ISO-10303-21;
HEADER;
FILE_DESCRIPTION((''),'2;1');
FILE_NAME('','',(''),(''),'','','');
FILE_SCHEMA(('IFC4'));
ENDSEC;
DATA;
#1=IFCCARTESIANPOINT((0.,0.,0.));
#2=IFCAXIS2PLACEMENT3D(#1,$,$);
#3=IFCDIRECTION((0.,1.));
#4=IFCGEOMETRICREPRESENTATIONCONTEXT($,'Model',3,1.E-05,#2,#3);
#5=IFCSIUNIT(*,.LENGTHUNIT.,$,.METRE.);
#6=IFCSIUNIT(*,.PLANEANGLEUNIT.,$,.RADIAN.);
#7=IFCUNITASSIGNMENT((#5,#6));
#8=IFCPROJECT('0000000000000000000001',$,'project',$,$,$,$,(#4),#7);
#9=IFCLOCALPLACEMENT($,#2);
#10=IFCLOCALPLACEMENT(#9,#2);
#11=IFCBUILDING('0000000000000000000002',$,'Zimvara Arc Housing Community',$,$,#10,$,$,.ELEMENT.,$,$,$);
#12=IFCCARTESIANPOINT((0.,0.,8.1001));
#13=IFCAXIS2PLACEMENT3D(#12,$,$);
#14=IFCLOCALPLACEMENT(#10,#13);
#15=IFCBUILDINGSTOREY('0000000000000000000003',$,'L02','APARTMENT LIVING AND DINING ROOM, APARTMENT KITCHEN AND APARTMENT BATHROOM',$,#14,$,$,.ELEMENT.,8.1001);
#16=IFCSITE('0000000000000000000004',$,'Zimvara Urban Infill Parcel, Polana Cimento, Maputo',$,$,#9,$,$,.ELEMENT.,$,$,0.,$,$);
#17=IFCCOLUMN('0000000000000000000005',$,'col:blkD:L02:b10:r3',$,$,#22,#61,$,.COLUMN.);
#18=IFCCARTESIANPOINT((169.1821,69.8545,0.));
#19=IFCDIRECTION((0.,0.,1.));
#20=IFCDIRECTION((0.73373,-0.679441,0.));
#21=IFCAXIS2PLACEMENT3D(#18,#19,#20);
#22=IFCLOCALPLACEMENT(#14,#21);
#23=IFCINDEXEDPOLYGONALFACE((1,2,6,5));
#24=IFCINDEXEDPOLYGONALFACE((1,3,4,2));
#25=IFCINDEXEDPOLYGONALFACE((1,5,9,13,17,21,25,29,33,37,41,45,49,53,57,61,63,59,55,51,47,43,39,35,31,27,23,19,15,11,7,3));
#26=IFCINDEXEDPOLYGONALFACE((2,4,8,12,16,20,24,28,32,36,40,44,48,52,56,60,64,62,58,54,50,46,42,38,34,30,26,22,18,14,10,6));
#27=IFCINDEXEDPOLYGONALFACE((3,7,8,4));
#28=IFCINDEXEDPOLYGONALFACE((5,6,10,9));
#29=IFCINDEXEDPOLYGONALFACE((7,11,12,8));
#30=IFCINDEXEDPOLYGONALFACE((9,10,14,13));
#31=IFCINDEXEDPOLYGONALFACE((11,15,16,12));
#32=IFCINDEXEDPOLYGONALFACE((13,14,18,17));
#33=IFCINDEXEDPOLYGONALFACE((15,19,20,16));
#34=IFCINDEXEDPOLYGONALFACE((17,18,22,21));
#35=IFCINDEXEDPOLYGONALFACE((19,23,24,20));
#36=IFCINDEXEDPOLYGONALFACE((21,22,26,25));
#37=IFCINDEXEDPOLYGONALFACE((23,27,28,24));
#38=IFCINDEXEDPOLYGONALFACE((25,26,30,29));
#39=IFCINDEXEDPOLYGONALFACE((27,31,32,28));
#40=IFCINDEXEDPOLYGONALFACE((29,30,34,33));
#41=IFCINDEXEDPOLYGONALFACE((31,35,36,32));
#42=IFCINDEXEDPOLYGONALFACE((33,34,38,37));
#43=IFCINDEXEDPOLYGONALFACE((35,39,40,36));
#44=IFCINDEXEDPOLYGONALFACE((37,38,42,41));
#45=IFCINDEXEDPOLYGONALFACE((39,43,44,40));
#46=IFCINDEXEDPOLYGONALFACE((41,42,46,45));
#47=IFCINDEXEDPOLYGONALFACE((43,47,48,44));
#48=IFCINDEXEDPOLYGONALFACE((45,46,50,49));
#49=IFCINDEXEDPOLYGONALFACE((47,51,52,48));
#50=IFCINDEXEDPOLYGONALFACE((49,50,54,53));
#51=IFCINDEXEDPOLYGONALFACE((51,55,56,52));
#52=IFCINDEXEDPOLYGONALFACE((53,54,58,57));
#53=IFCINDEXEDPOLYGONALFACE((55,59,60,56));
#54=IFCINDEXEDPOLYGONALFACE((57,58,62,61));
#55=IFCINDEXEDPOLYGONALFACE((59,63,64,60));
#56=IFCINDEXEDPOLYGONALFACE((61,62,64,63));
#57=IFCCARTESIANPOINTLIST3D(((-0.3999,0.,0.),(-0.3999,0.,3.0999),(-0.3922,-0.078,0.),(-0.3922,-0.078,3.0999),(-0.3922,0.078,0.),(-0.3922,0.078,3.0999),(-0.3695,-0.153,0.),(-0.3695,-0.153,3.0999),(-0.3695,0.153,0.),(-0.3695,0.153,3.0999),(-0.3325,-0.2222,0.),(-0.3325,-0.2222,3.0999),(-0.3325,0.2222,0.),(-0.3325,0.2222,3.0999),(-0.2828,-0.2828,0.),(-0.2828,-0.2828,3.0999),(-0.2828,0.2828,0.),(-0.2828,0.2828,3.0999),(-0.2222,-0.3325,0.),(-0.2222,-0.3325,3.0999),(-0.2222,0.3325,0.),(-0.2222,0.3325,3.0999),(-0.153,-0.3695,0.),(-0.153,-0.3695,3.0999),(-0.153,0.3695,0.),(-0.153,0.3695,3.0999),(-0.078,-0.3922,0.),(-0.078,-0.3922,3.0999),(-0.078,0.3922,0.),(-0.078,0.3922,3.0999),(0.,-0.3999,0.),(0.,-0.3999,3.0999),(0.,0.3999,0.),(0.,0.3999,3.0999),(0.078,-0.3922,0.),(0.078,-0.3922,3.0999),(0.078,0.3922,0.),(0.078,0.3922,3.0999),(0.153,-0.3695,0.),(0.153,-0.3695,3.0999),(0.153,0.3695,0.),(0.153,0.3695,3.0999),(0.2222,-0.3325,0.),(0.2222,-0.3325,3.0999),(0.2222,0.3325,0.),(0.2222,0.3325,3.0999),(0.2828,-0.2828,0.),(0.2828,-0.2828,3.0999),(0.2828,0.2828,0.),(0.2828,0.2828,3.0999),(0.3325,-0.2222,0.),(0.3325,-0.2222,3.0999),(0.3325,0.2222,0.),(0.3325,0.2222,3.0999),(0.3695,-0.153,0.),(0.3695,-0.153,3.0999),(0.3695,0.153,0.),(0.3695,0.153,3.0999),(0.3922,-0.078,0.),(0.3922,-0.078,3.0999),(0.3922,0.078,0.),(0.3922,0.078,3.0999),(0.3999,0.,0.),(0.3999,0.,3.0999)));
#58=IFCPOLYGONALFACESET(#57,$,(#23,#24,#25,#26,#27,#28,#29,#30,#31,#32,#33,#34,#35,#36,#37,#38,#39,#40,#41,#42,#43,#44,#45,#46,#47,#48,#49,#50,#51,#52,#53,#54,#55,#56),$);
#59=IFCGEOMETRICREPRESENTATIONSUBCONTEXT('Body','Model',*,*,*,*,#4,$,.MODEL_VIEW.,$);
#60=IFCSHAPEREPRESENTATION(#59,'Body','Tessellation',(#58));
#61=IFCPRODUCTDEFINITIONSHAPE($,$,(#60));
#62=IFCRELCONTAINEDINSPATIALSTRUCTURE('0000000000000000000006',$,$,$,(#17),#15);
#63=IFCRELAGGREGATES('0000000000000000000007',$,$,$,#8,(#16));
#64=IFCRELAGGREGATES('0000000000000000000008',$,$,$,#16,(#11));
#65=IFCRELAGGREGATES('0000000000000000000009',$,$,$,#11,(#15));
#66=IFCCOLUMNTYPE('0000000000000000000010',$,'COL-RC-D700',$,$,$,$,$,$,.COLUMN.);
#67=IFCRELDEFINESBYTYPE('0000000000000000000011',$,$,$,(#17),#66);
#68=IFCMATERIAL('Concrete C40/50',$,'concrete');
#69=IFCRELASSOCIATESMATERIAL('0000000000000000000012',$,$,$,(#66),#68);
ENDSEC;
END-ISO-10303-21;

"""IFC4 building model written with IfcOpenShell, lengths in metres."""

from ifc_helpers import new_model, si_unit, direction, frame, origin, origin_2d, place, context, subcontext, project, spatial, circle, extrude, material, material_profile, profile_set, type_object, element, save


model = new_model("IFC4")

# Units and contexts
model_context = context("Model", 3, precision=1e-05, world=origin(), true_north=direction((0.0, 1.0)))
body_context = subcontext(model_context, "Body", "Model", "MODEL_VIEW")
ifc_project = project(units=[si_unit("LENGTHUNIT", "METRE"), si_unit("PLANEANGLEUNIT", "RADIAN")], contexts=[model_context])

# Site, building, storey
site_placement = place(None, origin())
site = spatial("IfcSite", under=ifc_project, at=site_placement, Name="Zimvara Urban Infill Parcel, Polana Cimento, Maputo", CompositionType="ELEMENT", RefElevation=0.0)
building_placement = place(site_placement, origin())
building = spatial("IfcBuilding", under=site, at=building_placement, Name="Zimvara Arc Housing Community", CompositionType="ELEMENT")
storey_placement = place(building_placement, frame((0.0, 0.0, 8.1001)))
storey = spatial("IfcBuildingStorey", under=building, at=storey_placement, Name="L02", Description="APARTMENT LIVING AND DINING ROOM, APARTMENT KITCHEN AND APARTMENT BATHROOM", CompositionType="ELEMENT", Elevation=8.1001)

# Column
ifc_material_1 = material(Name="Concrete C40/50", Category="concrete")
ifc_material_profile_1 = material_profile(ifc_material_1, circle(Radius=0.3999, at=origin_2d()), Name="RC D800")
ifc_profile_set_1 = profile_set([ifc_material_profile_1], Name="Concrete C40/50")
column_type_1 = type_object("IfcColumnType", Name="COL-RC-D700", PredefinedType="COLUMN", material=ifc_profile_set_1)
column_1_placement = place(storey_placement, frame((169.1821, 69.8545, 0.0), z_axis=(0.0, 0.0, 1.0), x_axis=(0.73373, -0.679441, 0.0)))
element("IfcColumn", 1, at=column_1_placement, inside=storey, type_object=column_type_1, Name="col:blkD:L02:b10:r3", PredefinedType="COLUMN", context=body_context, shape_type="SweptSolid", body=[
    extrude(circle(Radius=0.3999, at=origin_2d()), origin(), (0.0, 0.0, 1.0), 3.0999),
])

save(model, "model.ifc")
